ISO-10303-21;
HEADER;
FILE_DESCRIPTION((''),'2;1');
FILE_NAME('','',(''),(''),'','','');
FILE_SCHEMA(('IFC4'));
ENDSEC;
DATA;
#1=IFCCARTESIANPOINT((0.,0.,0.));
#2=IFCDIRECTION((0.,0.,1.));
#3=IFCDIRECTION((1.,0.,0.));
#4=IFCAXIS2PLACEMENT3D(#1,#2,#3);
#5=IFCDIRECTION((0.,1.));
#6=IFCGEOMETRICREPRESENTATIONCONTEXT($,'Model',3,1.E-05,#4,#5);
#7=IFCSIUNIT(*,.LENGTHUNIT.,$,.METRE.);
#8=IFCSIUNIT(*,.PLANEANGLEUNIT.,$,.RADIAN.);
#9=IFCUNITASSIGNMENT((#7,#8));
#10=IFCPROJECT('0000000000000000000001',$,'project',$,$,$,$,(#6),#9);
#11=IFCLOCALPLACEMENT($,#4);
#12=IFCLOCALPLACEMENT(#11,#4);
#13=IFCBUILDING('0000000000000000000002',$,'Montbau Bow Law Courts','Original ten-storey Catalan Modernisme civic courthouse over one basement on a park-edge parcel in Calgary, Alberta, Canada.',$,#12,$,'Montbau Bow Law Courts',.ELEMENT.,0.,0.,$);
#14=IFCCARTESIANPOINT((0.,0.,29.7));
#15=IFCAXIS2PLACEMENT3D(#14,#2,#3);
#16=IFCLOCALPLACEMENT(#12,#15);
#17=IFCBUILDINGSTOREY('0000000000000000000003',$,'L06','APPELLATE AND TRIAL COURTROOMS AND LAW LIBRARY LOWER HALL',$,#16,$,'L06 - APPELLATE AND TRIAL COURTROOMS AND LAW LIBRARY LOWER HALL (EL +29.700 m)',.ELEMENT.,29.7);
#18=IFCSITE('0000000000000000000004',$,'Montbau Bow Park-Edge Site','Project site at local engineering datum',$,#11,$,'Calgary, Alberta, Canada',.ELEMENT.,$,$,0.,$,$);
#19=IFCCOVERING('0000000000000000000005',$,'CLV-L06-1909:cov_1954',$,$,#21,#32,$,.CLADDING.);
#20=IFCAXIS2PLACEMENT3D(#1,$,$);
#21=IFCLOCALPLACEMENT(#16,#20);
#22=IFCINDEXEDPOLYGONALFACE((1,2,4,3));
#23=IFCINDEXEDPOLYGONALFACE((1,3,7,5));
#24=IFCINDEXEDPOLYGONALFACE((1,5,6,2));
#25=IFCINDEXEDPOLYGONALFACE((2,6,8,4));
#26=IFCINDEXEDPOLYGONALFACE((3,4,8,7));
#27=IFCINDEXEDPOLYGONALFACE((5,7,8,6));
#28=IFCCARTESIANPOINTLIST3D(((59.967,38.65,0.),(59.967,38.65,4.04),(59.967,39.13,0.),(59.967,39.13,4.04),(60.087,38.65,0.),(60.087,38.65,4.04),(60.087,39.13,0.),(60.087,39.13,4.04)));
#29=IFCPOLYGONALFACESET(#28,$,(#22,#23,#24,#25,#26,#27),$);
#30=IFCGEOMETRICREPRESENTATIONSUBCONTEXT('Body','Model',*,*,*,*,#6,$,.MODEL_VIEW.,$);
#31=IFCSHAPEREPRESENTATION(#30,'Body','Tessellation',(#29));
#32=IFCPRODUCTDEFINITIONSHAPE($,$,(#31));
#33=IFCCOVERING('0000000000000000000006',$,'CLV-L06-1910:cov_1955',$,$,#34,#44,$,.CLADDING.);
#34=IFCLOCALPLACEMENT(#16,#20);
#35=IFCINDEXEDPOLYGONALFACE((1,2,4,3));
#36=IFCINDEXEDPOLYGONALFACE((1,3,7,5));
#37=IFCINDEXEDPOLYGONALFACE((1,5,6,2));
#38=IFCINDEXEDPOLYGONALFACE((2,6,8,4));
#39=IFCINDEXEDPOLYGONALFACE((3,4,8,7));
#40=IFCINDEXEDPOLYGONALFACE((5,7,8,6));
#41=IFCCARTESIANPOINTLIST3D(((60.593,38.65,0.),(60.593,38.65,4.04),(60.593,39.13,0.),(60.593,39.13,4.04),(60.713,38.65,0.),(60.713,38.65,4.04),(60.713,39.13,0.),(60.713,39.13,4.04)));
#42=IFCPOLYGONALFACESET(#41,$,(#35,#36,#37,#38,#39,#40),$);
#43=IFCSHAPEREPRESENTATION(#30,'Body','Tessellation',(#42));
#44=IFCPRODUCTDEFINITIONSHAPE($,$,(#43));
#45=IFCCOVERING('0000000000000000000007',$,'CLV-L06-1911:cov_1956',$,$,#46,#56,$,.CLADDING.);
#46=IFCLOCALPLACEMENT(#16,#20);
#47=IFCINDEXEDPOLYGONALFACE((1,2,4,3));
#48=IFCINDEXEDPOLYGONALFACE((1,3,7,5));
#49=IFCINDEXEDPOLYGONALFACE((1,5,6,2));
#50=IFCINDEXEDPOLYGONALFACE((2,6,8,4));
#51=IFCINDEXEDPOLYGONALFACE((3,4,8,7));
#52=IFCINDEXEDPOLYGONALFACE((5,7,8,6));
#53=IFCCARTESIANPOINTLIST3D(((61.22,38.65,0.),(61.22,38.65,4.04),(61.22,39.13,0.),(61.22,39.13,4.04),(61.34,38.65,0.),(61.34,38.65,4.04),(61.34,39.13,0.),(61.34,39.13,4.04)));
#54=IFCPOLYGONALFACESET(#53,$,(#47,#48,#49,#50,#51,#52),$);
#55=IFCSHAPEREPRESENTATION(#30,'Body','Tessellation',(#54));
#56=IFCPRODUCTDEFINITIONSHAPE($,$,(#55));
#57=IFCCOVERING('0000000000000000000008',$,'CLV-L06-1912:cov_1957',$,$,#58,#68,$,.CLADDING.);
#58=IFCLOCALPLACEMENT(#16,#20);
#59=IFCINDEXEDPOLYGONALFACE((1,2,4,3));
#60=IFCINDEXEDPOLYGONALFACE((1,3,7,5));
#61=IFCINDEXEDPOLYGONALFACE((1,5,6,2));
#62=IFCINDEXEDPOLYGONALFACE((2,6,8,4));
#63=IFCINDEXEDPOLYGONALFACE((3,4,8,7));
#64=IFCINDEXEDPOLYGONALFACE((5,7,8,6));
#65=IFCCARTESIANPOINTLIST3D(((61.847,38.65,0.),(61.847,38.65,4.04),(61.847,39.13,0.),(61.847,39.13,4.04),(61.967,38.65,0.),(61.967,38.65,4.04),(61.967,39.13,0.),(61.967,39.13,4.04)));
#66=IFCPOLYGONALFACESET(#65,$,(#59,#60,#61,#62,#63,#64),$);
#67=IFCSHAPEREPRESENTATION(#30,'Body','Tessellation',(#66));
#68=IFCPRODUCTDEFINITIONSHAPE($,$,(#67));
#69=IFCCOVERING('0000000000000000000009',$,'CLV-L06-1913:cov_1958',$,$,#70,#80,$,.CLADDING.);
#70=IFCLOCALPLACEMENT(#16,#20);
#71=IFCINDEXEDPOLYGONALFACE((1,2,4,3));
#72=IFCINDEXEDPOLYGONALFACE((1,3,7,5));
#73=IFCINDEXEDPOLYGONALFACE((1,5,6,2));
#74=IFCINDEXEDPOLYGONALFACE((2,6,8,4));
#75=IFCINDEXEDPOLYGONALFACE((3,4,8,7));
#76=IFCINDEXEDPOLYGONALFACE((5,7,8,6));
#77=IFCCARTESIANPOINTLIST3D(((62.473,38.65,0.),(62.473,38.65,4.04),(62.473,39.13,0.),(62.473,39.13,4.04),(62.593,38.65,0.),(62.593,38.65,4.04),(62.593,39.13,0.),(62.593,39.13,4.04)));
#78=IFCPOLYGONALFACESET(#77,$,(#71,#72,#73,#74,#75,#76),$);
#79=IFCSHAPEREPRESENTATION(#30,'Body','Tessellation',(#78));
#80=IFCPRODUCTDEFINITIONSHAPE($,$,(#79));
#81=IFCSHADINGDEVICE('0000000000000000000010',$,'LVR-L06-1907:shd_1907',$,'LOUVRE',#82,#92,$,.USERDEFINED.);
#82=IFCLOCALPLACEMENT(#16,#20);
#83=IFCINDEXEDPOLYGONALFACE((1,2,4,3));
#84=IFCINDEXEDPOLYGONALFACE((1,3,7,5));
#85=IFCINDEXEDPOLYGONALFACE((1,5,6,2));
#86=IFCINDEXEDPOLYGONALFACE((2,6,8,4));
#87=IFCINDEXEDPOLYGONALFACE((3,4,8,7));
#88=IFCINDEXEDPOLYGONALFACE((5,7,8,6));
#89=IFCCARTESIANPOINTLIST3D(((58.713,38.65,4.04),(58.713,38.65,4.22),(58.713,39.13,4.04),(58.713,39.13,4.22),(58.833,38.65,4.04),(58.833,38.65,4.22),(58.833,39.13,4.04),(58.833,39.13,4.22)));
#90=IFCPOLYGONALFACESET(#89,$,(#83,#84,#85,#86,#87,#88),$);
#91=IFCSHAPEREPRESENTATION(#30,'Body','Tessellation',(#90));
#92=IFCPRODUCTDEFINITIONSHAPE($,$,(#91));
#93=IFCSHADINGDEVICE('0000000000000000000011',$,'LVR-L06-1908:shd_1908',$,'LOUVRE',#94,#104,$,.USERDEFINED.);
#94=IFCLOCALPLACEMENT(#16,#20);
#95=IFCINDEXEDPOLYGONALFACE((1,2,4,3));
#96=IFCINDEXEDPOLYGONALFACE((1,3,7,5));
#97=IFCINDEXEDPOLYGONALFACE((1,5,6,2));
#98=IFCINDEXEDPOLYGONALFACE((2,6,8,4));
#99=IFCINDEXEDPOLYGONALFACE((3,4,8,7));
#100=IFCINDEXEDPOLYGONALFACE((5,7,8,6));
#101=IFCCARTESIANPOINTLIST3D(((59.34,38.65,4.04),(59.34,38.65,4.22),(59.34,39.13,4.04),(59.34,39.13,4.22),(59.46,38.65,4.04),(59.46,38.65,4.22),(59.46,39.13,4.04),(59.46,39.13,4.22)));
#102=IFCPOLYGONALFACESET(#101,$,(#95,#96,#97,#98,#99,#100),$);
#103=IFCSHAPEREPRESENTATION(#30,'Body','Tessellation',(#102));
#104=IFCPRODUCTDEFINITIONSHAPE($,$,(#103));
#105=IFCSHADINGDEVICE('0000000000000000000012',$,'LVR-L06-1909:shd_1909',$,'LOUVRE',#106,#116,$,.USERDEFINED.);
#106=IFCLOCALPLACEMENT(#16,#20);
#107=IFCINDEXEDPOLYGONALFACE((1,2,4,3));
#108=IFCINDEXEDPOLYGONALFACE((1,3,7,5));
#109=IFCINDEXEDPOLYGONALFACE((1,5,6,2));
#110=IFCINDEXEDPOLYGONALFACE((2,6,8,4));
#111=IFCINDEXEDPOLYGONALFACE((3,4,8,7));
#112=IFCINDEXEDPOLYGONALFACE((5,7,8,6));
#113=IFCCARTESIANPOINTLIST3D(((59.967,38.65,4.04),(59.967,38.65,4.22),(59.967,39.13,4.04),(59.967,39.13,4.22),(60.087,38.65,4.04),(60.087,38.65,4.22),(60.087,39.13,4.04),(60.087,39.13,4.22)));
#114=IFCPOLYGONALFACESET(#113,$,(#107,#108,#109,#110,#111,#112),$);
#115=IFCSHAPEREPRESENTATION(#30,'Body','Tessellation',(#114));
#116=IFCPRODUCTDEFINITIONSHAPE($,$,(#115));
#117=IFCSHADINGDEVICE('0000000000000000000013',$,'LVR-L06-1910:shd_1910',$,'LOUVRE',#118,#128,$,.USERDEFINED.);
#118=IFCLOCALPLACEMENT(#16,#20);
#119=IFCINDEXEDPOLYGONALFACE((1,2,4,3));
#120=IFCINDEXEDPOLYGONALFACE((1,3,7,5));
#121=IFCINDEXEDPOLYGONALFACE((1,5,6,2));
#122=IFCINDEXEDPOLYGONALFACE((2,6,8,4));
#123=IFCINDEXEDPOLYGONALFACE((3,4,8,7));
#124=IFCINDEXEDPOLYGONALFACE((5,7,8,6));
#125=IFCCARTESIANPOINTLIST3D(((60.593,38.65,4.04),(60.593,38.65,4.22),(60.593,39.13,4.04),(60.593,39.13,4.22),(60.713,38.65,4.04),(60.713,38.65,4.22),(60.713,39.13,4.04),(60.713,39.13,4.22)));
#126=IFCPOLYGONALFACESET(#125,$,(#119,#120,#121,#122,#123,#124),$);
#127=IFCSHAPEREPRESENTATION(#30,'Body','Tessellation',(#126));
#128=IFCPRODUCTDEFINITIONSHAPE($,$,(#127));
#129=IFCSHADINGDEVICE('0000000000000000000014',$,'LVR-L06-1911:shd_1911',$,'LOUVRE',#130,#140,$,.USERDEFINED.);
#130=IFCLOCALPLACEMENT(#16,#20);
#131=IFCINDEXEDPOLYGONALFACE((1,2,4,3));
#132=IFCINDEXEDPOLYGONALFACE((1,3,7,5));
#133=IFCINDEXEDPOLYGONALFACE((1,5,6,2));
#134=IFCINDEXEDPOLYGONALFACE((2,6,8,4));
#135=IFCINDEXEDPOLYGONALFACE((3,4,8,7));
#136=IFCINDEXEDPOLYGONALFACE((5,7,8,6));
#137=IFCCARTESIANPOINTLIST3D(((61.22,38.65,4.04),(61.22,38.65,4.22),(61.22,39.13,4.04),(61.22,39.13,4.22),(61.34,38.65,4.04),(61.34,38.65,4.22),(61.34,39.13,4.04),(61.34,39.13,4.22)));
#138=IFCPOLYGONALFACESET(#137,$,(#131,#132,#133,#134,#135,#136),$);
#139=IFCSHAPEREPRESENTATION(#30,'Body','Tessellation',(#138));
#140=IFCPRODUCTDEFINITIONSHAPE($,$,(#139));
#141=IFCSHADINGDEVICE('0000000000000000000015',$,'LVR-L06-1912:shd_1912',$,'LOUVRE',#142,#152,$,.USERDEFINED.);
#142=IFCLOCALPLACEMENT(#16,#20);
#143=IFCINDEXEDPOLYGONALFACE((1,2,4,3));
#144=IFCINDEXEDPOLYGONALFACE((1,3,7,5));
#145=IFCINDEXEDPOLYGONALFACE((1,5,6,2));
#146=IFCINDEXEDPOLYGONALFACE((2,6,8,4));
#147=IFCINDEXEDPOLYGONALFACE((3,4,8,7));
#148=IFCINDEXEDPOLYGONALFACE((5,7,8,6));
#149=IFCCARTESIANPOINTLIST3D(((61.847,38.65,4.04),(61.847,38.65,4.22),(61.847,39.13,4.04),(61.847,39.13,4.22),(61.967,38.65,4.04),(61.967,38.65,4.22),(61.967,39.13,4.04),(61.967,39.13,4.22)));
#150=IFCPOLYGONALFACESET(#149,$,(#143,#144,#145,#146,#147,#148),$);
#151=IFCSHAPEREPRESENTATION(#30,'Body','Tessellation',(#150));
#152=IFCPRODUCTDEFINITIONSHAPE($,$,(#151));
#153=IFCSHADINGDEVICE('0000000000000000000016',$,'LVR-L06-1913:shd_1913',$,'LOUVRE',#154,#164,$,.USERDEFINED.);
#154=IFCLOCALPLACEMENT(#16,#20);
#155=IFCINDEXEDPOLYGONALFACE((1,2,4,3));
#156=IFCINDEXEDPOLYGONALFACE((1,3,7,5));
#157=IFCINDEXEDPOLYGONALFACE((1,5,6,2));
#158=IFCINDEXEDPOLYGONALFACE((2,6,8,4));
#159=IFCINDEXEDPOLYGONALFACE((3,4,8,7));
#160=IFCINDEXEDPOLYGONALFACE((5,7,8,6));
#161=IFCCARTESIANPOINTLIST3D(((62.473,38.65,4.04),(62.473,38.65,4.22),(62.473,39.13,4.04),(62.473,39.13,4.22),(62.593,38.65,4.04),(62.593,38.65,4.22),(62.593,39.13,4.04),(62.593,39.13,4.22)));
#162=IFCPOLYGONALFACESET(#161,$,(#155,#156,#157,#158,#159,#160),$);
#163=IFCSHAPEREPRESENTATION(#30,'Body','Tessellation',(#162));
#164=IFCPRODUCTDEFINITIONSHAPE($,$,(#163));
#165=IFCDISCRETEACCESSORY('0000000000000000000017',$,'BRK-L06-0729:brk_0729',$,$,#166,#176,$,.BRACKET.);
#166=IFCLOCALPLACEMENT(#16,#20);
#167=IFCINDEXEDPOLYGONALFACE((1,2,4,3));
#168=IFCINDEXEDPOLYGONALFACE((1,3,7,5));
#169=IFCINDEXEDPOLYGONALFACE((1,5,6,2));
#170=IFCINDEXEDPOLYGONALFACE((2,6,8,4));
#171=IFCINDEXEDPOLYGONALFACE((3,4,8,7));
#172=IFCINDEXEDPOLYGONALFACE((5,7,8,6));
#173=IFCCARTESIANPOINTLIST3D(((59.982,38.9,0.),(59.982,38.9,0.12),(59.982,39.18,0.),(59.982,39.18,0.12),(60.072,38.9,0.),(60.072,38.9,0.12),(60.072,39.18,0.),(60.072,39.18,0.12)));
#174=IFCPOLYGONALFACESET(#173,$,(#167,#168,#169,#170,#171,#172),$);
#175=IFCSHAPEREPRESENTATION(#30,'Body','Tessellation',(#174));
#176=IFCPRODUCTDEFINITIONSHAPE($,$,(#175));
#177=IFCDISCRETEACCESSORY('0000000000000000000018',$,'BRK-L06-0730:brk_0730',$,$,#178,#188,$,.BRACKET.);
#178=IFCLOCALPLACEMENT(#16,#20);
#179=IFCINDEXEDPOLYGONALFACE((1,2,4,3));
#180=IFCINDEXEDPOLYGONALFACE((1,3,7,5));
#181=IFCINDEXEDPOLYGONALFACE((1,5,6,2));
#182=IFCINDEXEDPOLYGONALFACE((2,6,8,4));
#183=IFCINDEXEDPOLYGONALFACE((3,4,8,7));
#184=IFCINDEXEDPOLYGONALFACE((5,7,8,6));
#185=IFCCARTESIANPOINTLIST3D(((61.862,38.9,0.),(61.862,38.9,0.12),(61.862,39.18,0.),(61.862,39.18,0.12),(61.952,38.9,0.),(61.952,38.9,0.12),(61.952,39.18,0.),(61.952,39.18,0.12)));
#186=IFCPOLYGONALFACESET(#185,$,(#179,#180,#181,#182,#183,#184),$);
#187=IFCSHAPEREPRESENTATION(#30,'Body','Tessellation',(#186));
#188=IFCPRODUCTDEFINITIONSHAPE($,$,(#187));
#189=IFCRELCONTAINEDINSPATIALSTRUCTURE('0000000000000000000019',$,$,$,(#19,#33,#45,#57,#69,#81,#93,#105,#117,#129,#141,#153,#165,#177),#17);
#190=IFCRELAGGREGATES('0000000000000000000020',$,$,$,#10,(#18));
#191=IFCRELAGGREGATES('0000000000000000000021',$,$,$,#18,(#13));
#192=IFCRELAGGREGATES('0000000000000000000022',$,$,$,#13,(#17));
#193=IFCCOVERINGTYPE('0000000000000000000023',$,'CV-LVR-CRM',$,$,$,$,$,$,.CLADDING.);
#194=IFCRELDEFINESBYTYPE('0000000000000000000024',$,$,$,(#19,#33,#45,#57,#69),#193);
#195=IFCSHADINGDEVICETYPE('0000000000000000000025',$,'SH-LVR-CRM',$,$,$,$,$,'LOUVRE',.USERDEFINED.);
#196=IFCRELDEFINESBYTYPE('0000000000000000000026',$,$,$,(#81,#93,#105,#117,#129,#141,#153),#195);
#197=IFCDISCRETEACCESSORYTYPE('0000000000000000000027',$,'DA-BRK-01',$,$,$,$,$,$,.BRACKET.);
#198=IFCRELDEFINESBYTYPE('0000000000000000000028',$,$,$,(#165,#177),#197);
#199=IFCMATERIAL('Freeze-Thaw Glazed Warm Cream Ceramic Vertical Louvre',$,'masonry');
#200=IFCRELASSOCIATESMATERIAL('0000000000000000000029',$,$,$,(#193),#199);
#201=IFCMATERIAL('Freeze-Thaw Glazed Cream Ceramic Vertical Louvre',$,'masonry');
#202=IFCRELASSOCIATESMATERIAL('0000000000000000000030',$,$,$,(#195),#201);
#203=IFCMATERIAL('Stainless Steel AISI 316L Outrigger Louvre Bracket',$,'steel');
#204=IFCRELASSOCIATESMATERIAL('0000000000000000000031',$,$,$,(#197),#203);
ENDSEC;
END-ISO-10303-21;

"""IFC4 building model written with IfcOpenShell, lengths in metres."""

from ifc_helpers import new_model, si_unit, direction, frame, frame_2d, origin_with_axes, origin_2d_with_axis, place, context, subcontext, project, spatial, rectangle, extrude, material, type_object, element, save


model = new_model("IFC4")

# Units and contexts
model_context = context("Model", 3, precision=1e-05, world=origin_with_axes(), true_north=direction((0.0, 1.0)))
body_context = subcontext(model_context, "Body", "Model", "MODEL_VIEW")
ifc_project = project(units=[si_unit("LENGTHUNIT", "METRE"), si_unit("PLANEANGLEUNIT", "RADIAN")], contexts=[model_context])

# Site, building, storey
site_placement = place(None, origin_with_axes())
site = spatial("IfcSite", under=ifc_project, at=site_placement, Name="Montbau Bow Park-Edge Site", Description="Project site at local engineering datum", LongName="Calgary, Alberta, Canada", CompositionType="ELEMENT", RefElevation=0.0)
building_placement = place(site_placement, origin_with_axes())
building = spatial("IfcBuilding", under=site, at=building_placement, Name="Montbau Bow Law Courts", Description="Original ten-storey Catalan Modernisme civic courthouse over one basement on a park-edge parcel in Calgary, Alberta, Canada.", LongName="Montbau Bow Law Courts", CompositionType="ELEMENT", ElevationOfRefHeight=0.0, ElevationOfTerrain=0.0)
storey_placement = place(building_placement, frame((0.0, 0.0, 29.7), z_axis=(0.0, 0.0, 1.0), x_axis=(1.0, 0.0, 0.0)))
storey = spatial("IfcBuildingStorey", under=building, at=storey_placement, Name="L06", Description="APPELLATE AND TRIAL COURTROOMS AND LAW LIBRARY LOWER HALL", LongName="L06 - APPELLATE AND TRIAL COURTROOMS AND LAW LIBRARY LOWER HALL (EL +29.700 m)", CompositionType="ELEMENT", Elevation=29.7)

# Coverings
ifc_material_1 = material(Name="Freeze-Thaw Glazed Warm Cream Ceramic Vertical Louvre", Category="masonry")
covering_type = type_object("IfcCoveringType", Name="CV-LVR-CRM", PredefinedType="CLADDING", material=ifc_material_1)
for number, where, z_axis, x_axis, name in (
    (1, (60.027, 39.13, 29.7), (-1.0, 0.0, 0.0), (0.0, -1.0, 0.0), "CLV-L06-1909:cov_1954"),
    (2, (60.653, 39.13, 29.7), (-1.0, 0.0, 0.0), (0.0, -1.0, 0.0), "CLV-L06-1910:cov_1955"),
    (3, (61.28, 39.13, 29.7), (-1.0, 0.0, 0.0), (0.0, -1.0, 0.0), "CLV-L06-1911:cov_1956"),
    (4, (61.907, 39.13, 29.7), (-1.0, 0.0, 0.0), (0.0, -1.0, 0.0), "CLV-L06-1912:cov_1957"),
    (5, (62.533, 39.13, 29.7), (-1.0, 0.0, 0.0), (0.0, -1.0, 0.0), "CLV-L06-1913:cov_1958"),
):
    element("IfcCovering", number, at=place(None, frame(where, z_axis=z_axis, x_axis=x_axis)), inside=storey, type_object=covering_type, Name=name, PredefinedType="CLADDING", context=body_context, shape_type="SweptSolid", body=[
        extrude(rectangle(XDim=0.48, YDim=4.04, at=frame_2d((0.24, 2.02), x_axis=(1.0, 0.0))), frame((0.0, 0.0, -0.06), z_axis=(0.0, 0.0, 1.0), x_axis=(1.0, 0.0, 0.0)), (0.0, 0.0, 1.0), 0.12),
    ])

# Shading devices
ifc_material_2 = material(Name="Freeze-Thaw Glazed Cream Ceramic Vertical Louvre", Category="masonry")
shading_device_type = type_object("IfcShadingDeviceType", Name="SH-LVR-CRM", ElementType="LOUVRE", PredefinedType="USERDEFINED", material=ifc_material_2)
for number, where, z_axis, x_axis, name in (
    (6, (58.773, 38.89, 33.74), (0.0, 0.0, 1.0), (0.0, -1.0, 0.0), "LVR-L06-1907:shd_1907"),
    (7, (59.4, 38.89, 33.74), (0.0, 0.0, 1.0), (0.0, -1.0, 0.0), "LVR-L06-1908:shd_1908"),
    (8, (60.027, 38.89, 33.74), (0.0, 0.0, 1.0), (0.0, -1.0, 0.0), "LVR-L06-1909:shd_1909"),
    (9, (60.653, 38.89, 33.74), (0.0, 0.0, 1.0), (0.0, -1.0, 0.0), "LVR-L06-1910:shd_1910"),
    (10, (61.28, 38.89, 33.74), (0.0, 0.0, 1.0), (0.0, -1.0, 0.0), "LVR-L06-1911:shd_1911"),
    (11, (61.907, 38.89, 33.74), (0.0, 0.0, 1.0), (0.0, -1.0, 0.0), "LVR-L06-1912:shd_1912"),
    (12, (62.533, 38.89, 33.74), (0.0, 0.0, 1.0), (0.0, -1.0, 0.0), "LVR-L06-1913:shd_1913"),
):
    element("IfcShadingDevice", number, at=place(None, frame(where, z_axis=z_axis, x_axis=x_axis)), inside=storey, type_object=shading_device_type, Name=name, ObjectType="LOUVRE", PredefinedType="USERDEFINED", context=body_context, shape_type="SweptSolid", body=[
        extrude(rectangle(XDim=0.48, YDim=0.12, at=origin_2d_with_axis()), origin_with_axes(), (0.0, 0.0, 1.0), 0.18),
    ])

# Discrete accessories
ifc_material_3 = material(Name="Stainless Steel AISI 316L Outrigger Louvre Bracket", Category="steel")
discrete_accessory_type = type_object("IfcDiscreteAccessoryType", Name="DA-BRK-01", PredefinedType="BRACKET", material=ifc_material_3)
for number, where, z_axis, x_axis, name in (
    (13, (60.027, 39.04, 29.7), (0.0, 0.0, 1.0), (0.0, -1.0, 0.0), "BRK-L06-0729:brk_0729"),
    (14, (61.907, 39.04, 29.7), (0.0, 0.0, 1.0), (0.0, -1.0, 0.0), "BRK-L06-0730:brk_0730"),
):
    element("IfcDiscreteAccessory", number, at=place(None, frame(where, z_axis=z_axis, x_axis=x_axis)), inside=storey, type_object=discrete_accessory_type, Name=name, PredefinedType="BRACKET", context=body_context, shape_type="SweptSolid", body=[
        extrude(rectangle(XDim=0.28, YDim=0.09, at=origin_2d_with_axis()), origin_with_axes(), (0.0, 0.0, 1.0), 0.12),
    ])

save(model, "model.ifc")
